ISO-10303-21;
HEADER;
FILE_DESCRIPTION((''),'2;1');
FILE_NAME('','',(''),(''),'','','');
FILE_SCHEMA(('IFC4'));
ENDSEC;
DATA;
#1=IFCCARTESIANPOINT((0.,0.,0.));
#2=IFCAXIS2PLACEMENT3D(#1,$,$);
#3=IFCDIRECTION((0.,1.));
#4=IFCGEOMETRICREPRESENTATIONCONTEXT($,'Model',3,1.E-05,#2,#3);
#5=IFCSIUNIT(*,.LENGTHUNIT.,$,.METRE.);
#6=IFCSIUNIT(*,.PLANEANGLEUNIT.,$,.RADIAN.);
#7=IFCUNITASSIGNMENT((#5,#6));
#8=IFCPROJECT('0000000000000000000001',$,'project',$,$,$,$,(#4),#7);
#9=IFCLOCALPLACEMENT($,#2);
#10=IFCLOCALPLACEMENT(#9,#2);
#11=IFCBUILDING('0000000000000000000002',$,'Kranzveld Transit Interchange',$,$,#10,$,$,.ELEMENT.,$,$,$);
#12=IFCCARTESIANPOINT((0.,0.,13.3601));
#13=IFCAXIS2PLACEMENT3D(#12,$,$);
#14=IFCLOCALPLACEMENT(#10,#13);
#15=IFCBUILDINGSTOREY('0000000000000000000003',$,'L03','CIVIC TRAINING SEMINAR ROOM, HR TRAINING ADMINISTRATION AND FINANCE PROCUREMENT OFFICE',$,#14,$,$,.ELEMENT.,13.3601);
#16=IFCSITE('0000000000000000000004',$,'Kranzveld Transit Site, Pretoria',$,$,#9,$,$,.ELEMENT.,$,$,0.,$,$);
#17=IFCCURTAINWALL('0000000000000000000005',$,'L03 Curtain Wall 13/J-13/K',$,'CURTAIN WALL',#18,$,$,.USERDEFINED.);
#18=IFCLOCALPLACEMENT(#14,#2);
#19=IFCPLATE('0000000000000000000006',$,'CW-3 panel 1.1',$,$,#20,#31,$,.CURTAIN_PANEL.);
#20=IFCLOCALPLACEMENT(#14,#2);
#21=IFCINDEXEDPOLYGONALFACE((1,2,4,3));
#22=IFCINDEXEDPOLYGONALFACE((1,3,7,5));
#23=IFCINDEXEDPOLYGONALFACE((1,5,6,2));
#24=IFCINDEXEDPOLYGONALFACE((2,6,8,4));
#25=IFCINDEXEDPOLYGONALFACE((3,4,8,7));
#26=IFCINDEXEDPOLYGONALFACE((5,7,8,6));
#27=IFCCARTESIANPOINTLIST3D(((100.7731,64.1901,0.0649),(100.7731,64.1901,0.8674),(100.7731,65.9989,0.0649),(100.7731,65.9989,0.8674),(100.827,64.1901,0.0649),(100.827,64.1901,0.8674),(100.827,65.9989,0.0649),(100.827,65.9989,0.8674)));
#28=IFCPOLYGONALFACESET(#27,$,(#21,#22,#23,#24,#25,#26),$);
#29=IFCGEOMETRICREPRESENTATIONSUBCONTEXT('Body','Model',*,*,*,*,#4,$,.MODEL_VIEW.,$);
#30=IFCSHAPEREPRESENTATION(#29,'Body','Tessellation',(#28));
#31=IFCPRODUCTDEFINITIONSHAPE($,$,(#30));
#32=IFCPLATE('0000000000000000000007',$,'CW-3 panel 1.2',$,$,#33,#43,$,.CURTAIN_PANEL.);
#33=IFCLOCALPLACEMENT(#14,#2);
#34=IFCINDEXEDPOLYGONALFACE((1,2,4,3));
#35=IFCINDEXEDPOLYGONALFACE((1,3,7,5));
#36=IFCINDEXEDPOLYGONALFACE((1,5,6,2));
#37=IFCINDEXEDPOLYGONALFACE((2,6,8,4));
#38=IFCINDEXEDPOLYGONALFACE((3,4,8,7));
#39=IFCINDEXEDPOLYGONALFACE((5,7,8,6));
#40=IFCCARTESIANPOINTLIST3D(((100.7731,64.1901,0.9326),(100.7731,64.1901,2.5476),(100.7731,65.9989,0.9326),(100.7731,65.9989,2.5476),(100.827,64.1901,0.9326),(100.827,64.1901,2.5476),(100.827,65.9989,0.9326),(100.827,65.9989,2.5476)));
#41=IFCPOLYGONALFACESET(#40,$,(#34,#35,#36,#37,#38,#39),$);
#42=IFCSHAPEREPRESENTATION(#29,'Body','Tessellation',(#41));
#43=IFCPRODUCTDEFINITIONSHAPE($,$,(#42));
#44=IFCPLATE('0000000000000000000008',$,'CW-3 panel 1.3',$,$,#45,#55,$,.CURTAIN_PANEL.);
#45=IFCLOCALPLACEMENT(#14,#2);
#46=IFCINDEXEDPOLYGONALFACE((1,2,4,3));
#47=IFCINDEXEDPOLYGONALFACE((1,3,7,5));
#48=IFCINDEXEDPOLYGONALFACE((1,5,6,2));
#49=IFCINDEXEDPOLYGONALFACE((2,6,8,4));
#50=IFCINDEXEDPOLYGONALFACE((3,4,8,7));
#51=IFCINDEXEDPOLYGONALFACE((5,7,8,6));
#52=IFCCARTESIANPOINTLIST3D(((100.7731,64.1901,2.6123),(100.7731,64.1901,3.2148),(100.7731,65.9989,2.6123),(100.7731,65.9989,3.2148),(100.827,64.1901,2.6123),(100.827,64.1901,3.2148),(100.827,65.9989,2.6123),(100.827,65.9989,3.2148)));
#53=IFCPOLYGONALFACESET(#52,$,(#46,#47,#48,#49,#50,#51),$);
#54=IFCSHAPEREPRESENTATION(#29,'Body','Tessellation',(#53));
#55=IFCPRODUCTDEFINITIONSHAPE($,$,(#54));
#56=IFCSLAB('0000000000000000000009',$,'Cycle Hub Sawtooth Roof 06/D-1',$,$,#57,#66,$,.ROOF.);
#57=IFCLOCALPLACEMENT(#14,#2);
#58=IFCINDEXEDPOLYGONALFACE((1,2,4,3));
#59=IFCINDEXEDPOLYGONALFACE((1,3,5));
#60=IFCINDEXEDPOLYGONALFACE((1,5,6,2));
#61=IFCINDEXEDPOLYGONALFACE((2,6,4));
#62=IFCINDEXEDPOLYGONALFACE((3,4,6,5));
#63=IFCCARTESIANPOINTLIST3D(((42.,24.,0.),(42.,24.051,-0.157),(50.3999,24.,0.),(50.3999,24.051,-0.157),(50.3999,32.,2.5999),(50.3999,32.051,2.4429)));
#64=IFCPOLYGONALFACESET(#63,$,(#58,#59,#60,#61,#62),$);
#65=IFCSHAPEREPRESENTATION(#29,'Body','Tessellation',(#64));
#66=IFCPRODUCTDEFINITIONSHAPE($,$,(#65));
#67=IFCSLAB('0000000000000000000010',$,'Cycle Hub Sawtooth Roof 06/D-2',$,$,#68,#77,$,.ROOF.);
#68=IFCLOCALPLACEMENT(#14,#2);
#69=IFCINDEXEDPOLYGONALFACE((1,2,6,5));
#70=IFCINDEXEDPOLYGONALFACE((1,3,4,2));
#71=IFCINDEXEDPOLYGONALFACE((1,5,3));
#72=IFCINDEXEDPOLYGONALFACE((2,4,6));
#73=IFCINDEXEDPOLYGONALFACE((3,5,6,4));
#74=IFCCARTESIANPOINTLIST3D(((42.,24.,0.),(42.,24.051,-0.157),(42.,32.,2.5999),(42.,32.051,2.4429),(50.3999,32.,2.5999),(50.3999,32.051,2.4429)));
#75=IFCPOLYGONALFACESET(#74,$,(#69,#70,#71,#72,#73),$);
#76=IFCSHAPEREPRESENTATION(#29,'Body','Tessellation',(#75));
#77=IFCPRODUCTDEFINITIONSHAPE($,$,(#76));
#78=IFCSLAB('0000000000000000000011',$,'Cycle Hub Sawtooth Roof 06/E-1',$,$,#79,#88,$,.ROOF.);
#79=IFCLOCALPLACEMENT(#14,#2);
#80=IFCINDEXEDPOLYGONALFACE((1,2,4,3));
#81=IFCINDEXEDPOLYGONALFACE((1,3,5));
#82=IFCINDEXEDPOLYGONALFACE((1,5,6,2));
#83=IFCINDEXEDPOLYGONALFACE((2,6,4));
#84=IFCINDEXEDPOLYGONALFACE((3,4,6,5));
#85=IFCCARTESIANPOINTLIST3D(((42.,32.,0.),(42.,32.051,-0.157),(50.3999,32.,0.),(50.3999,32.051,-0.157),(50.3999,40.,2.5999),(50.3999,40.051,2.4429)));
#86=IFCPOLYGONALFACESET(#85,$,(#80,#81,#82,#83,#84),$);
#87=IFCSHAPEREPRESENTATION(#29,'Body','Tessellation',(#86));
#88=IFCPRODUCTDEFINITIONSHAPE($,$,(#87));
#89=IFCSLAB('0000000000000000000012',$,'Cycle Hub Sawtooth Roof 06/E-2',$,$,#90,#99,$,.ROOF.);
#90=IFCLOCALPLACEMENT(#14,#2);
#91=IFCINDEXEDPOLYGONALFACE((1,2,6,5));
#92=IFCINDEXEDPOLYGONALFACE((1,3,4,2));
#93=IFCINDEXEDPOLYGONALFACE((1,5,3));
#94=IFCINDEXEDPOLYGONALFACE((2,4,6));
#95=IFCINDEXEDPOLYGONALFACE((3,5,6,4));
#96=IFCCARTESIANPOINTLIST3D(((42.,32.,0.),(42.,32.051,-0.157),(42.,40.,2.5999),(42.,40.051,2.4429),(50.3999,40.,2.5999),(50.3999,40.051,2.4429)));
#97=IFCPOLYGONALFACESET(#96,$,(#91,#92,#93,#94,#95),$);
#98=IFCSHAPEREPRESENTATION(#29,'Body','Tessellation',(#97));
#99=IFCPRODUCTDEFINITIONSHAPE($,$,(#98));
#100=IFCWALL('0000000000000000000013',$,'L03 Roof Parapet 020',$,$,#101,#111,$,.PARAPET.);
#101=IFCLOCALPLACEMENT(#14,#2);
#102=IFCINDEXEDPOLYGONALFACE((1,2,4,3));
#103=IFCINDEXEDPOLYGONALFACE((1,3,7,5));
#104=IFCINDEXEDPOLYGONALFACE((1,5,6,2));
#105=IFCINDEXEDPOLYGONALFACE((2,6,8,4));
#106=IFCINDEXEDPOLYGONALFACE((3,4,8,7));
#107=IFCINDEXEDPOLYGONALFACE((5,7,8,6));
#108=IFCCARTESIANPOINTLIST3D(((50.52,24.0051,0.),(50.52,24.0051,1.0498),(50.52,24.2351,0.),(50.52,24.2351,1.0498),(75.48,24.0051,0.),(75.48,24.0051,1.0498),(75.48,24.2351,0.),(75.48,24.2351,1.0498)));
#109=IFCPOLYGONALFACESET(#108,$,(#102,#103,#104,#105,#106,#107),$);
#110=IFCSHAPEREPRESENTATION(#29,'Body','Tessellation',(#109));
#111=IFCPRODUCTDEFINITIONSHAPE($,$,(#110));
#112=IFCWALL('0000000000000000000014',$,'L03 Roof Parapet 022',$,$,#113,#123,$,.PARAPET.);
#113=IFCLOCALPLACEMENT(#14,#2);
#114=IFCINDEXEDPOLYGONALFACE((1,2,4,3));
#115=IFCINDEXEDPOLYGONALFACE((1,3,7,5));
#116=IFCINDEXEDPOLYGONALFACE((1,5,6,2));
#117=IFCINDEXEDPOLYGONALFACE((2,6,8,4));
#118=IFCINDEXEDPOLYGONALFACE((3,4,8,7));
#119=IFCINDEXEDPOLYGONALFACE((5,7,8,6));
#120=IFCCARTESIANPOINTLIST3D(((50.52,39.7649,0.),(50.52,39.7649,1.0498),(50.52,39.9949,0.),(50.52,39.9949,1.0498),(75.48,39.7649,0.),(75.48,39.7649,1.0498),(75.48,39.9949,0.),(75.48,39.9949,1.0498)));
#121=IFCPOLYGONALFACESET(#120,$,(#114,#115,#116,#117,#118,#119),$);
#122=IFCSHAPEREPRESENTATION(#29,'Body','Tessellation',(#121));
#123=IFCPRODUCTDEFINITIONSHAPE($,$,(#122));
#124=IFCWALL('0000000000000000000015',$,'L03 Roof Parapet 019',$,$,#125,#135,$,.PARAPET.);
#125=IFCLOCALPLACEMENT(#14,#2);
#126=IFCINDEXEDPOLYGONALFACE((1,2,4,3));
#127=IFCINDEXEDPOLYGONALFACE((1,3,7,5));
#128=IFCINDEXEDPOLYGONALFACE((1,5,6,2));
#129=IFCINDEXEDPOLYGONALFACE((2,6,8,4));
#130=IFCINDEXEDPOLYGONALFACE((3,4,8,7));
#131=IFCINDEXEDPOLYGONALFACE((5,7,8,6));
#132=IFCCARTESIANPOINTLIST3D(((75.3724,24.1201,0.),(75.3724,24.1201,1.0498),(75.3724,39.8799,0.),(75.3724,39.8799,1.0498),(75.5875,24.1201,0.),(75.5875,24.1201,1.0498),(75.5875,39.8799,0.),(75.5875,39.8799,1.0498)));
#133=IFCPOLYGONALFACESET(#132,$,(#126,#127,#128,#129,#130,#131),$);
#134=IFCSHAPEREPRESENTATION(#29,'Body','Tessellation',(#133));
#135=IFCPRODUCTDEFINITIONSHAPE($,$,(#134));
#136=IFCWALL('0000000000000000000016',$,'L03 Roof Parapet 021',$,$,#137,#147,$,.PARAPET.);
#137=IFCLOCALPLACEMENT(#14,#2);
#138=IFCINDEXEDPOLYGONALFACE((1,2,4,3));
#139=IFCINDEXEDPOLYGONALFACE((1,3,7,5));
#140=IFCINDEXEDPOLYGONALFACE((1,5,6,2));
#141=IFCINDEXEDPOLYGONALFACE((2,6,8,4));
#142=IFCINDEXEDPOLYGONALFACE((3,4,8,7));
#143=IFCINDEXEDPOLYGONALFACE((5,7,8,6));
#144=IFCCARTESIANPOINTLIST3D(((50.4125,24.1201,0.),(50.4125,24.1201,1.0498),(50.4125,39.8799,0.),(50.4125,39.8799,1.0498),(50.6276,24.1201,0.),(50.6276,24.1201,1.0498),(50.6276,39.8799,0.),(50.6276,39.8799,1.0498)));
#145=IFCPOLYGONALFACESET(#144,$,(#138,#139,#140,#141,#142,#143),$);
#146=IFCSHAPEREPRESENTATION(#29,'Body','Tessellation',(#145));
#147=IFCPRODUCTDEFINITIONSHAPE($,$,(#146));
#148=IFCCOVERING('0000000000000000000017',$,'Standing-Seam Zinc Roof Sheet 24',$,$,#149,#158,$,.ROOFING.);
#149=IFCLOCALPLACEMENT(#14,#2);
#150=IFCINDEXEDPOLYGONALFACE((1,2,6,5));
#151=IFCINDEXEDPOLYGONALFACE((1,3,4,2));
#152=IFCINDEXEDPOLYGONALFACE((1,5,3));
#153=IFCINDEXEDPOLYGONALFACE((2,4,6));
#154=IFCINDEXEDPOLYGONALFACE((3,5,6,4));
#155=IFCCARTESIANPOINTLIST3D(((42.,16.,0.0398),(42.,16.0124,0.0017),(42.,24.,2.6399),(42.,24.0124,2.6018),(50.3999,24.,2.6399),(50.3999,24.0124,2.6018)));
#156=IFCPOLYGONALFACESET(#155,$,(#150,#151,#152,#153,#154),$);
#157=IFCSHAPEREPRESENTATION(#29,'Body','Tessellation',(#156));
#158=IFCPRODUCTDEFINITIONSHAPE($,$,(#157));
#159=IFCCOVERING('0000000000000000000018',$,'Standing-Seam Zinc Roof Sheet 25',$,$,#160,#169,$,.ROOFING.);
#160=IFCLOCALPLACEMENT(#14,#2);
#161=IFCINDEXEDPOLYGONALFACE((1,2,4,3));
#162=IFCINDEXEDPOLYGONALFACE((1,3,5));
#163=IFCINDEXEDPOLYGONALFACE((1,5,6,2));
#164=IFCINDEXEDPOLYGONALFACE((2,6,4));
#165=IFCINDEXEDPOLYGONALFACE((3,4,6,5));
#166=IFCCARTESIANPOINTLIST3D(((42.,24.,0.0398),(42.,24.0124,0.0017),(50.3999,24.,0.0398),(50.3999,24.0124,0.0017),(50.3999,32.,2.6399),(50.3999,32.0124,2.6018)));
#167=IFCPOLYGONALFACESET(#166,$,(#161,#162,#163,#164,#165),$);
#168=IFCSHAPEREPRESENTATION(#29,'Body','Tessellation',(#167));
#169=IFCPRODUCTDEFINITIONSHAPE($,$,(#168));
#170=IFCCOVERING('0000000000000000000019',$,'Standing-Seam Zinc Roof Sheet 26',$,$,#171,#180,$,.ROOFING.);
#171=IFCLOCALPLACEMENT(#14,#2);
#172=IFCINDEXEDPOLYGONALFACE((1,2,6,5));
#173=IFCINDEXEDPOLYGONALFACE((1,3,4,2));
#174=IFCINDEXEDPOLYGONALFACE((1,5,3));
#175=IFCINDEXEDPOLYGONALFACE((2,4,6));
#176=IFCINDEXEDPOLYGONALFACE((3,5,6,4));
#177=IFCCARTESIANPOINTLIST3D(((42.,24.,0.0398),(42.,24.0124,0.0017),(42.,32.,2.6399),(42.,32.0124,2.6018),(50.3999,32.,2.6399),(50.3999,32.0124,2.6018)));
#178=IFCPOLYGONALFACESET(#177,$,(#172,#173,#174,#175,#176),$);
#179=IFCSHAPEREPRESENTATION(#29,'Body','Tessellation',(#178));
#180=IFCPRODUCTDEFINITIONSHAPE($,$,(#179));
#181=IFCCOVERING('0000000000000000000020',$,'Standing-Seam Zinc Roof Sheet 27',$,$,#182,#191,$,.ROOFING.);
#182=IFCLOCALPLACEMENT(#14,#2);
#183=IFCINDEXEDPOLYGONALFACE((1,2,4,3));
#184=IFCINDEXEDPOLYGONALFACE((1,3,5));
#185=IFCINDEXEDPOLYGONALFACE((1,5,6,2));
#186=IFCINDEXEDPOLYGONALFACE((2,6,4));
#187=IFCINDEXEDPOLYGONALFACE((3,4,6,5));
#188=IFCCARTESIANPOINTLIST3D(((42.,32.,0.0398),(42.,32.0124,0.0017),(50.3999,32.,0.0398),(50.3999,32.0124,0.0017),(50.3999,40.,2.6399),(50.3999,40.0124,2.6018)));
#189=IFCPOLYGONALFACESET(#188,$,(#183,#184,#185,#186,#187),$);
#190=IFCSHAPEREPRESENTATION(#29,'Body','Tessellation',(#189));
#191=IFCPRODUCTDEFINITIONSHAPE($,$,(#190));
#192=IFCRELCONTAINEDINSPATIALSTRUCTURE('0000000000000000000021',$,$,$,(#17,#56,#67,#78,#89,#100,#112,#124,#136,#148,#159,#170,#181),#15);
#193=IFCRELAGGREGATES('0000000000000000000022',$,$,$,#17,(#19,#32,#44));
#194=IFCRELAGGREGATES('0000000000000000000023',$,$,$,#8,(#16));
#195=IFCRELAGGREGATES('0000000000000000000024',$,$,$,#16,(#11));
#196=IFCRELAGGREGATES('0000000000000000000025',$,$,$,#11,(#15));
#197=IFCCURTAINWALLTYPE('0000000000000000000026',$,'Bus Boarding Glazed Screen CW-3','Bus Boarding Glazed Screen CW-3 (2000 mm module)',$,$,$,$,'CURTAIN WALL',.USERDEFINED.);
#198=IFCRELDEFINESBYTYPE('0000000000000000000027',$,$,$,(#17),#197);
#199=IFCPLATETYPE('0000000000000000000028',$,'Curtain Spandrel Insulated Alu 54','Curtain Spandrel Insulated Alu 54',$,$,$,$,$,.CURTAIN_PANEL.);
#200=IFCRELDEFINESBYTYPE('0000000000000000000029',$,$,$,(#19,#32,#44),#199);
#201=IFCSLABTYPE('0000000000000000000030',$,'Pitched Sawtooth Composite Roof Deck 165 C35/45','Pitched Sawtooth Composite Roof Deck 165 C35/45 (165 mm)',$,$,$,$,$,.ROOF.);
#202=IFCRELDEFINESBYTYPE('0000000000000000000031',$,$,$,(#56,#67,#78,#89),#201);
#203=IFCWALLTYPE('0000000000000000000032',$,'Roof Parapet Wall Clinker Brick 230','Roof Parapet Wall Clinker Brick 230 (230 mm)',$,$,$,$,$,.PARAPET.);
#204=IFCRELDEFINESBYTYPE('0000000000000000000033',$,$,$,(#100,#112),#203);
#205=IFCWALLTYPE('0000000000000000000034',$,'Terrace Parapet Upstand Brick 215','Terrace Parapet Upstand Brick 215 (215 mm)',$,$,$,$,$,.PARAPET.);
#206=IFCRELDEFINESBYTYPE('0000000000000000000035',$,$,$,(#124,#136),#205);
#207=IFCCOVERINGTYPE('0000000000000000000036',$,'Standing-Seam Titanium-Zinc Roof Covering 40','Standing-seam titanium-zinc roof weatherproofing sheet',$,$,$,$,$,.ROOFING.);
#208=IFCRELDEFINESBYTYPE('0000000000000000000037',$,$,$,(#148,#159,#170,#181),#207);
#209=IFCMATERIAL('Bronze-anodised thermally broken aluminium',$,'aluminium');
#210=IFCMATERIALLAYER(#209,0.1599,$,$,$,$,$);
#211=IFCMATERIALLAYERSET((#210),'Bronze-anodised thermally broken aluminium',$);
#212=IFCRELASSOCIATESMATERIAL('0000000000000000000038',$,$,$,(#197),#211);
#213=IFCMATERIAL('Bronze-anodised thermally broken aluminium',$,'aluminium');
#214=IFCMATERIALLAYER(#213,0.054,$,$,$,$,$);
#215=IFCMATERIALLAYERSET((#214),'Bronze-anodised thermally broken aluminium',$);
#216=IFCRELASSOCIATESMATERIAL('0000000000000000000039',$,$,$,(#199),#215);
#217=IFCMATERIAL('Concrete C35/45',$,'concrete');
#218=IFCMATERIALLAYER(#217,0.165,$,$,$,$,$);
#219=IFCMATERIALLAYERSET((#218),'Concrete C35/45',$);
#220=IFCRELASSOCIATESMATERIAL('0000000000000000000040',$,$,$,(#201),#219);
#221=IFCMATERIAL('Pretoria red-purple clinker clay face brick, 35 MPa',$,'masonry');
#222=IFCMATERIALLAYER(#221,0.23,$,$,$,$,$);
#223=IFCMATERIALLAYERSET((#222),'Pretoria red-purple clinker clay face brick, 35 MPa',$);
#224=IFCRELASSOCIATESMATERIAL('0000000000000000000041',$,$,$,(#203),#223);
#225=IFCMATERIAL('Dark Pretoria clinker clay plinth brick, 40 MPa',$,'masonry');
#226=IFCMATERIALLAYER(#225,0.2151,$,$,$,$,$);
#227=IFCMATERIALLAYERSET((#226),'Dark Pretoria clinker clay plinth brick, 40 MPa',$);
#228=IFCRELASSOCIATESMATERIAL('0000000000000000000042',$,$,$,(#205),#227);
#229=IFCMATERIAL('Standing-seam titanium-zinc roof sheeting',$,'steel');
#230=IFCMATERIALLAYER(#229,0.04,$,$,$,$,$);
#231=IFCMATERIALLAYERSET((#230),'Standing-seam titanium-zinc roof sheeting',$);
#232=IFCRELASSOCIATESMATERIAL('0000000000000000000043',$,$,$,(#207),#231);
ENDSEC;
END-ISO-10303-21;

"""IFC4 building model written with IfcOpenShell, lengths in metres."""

from ifc_helpers import new_model, si_unit, direction, frame, frame_2d, origin, origin_2d, place, context, subcontext, project, spatial, polyline, rectangle, outline, extrude, material, layer, layer_set, type_object, element, aggregate, save


model = new_model("IFC4")

# Units and contexts
model_context = context("Model", 3, precision=1e-05, world=origin(), true_north=direction((0.0, 1.0)))
body_context = subcontext(model_context, "Body", "Model", "MODEL_VIEW")
ifc_project = project(units=[si_unit("LENGTHUNIT", "METRE"), si_unit("PLANEANGLEUNIT", "RADIAN")], contexts=[model_context])

# Site, building, storey
site_placement = place(None, origin())
site = spatial("IfcSite", under=ifc_project, at=site_placement, Name="Kranzveld Transit Site, Pretoria", CompositionType="ELEMENT", RefElevation=0.0)
building_placement = place(site_placement, origin())
building = spatial("IfcBuilding", under=site, at=building_placement, Name="Kranzveld Transit Interchange", CompositionType="ELEMENT")
storey_placement = place(building_placement, frame((0.0, 0.0, 13.3601)))
storey = spatial("IfcBuildingStorey", under=building, at=storey_placement, Name="L03", Description="CIVIC TRAINING SEMINAR ROOM, HR TRAINING ADMINISTRATION AND FINANCE PROCUREMENT OFFICE", CompositionType="ELEMENT", Elevation=13.3601)

# Curtain wall
ifc_material_1 = material(Name="Bronze-anodised thermally broken aluminium", Category="aluminium")
ifc_layer_1 = layer(ifc_material_1, 0.1599)
ifc_layer_set_1 = layer_set([ifc_layer_1], Name="Bronze-anodised thermally broken aluminium")
curtain_wall_type = type_object("IfcCurtainWallType", Name="Bus Boarding Glazed Screen CW-3", Description="Bus Boarding Glazed Screen CW-3 (2000 mm module)", ElementType="CURTAIN WALL", PredefinedType="USERDEFINED", material=ifc_layer_set_1)
curtain_wall_placement = place(storey_placement, origin())
curtain_wall = element("IfcCurtainWall", 1, at=curtain_wall_placement, inside=storey, type_object=curtain_wall_type, Name="L03 Curtain Wall 13/J-13/K", ObjectType="CURTAIN WALL", PredefinedType="USERDEFINED")

# Plates
ifc_material_2 = material(Name="Bronze-anodised thermally broken aluminium", Category="aluminium")
ifc_layer_2 = layer(ifc_material_2, 0.054)
ifc_layer_set_2 = layer_set([ifc_layer_2], Name="Bronze-anodised thermally broken aluminium")
plate_type = type_object("IfcPlateType", Name="Curtain Spandrel Insulated Alu 54", Description="Curtain Spandrel Insulated Alu 54", PredefinedType="CURTAIN_PANEL", material=ifc_layer_set_2)
plate_1_placement = place(storey_placement, frame((100.8, 65.0945, 0.0649), z_axis=(0.0, 0.0, 1.0), x_axis=(0.0, 1.0, 0.0)))
plate_1 = element("IfcPlate", 2, at=plate_1_placement, type_object=plate_type, Name="CW-3 panel 1.1", PredefinedType="CURTAIN_PANEL", context=body_context, shape_type="SweptSolid", body=[
    extrude(rectangle(XDim=1.8088, YDim=0.054, at=origin_2d()), origin(), (0.0, 0.0, 1.0), 0.8025),
])
plate_2_placement = place(storey_placement, frame((100.8, 65.0945, 0.9326), z_axis=(0.0, 0.0, 1.0), x_axis=(0.0, 1.0, 0.0)))
plate_2 = element("IfcPlate", 3, at=plate_2_placement, type_object=plate_type, Name="CW-3 panel 1.2", PredefinedType="CURTAIN_PANEL", context=body_context, shape_type="SweptSolid", body=[
    extrude(rectangle(XDim=1.8088, YDim=0.054, at=origin_2d()), origin(), (0.0, 0.0, 1.0), 1.615),
])
plate_3_placement = place(storey_placement, frame((100.8, 65.0945, 2.6123), z_axis=(0.0, 0.0, 1.0), x_axis=(0.0, 1.0, 0.0)))
plate_3 = element("IfcPlate", 4, at=plate_3_placement, type_object=plate_type, Name="CW-3 panel 1.3", PredefinedType="CURTAIN_PANEL", context=body_context, shape_type="SweptSolid", body=[
    extrude(rectangle(XDim=1.8088, YDim=0.054, at=origin_2d()), origin(), (0.0, 0.0, 1.0), 0.6025),
])
aggregate(curtain_wall, [plate_1, plate_2, plate_3])

# Slabs
ifc_material_3 = material(Name="Concrete C35/45", Category="concrete")
ifc_layer_3 = layer(ifc_material_3, 0.165)
ifc_layer_set_3 = layer_set([ifc_layer_3], Name="Concrete C35/45")
slab_type = type_object("IfcSlabType", Name="Pitched Sawtooth Composite Roof Deck 165 C35/45", Description="Pitched Sawtooth Composite Roof Deck 165 C35/45 (165 mm)", PredefinedType="ROOF", material=ifc_layer_set_3)
slab_1_placement = place(storey_placement, frame((42.0, 24.0, 0.0), z_axis=(0.0, -0.30907, 0.951039), x_axis=(1.0, 0.0, 0.0)))
element("IfcSlab", 5, at=slab_1_placement, inside=storey, type_object=slab_type, Name="Cycle Hub Sawtooth Roof 06/D-1", PredefinedType="ROOF", context=body_context, shape_type="SweptSolid", body=[
    extrude(outline(polyline([(0.0, 0.0), (8.3999, 0.0), (8.3999, 8.4119), (0.0, 0.0)])), origin(), (0.0, 0.0, -1.0), 0.165),
])
slab_2_placement = place(storey_placement, frame((42.0, 24.0, 0.0), z_axis=(0.0, -0.30907, 0.951039), x_axis=(0.706604, 0.672964, 0.218701)))
element("IfcSlab", 6, at=slab_2_placement, inside=storey, type_object=slab_type, Name="Cycle Hub Sawtooth Roof 06/D-2", PredefinedType="ROOF", context=body_context, shape_type="SweptSolid", body=[
    extrude(outline(polyline([(0.0, 0.0), (11.8877, 0.0), (5.9523, 5.9438), (0.0, 0.0)])), origin(), (0.0, 0.0, -1.0), 0.165),
])
slab_3_placement = place(storey_placement, frame((42.0, 32.0, 0.0), z_axis=(0.0, -0.30907, 0.951039), x_axis=(1.0, 0.0, 0.0)))
element("IfcSlab", 7, at=slab_3_placement, inside=storey, type_object=slab_type, Name="Cycle Hub Sawtooth Roof 06/E-1", PredefinedType="ROOF", context=body_context, shape_type="SweptSolid", body=[
    extrude(outline(polyline([(0.0, 0.0), (8.3999, 0.0), (8.3999, 8.4119), (0.0, 0.0)])), origin(), (0.0, 0.0, -1.0), 0.165),
])
slab_4_placement = place(storey_placement, frame((42.0, 32.0, 0.0), z_axis=(0.0, -0.30907, 0.951039), x_axis=(0.706604, 0.672964, 0.218701)))
element("IfcSlab", 8, at=slab_4_placement, inside=storey, type_object=slab_type, Name="Cycle Hub Sawtooth Roof 06/E-2", PredefinedType="ROOF", context=body_context, shape_type="SweptSolid", body=[
    extrude(outline(polyline([(0.0, 0.0), (11.8877, 0.0), (5.9523, 5.9438), (0.0, 0.0)])), origin(), (0.0, 0.0, -1.0), 0.165),
])

# Walls
ifc_material_4 = material(Name="Pretoria red-purple clinker clay face brick, 35 MPa", Category="masonry")
ifc_layer_4 = layer(ifc_material_4, 0.23)
ifc_layer_set_4 = layer_set([ifc_layer_4], Name="Pretoria red-purple clinker clay face brick, 35 MPa")
wall_type_1 = type_object("IfcWallType", Name="Roof Parapet Wall Clinker Brick 230", Description="Roof Parapet Wall Clinker Brick 230 (230 mm)", PredefinedType="PARAPET", material=ifc_layer_set_4)
for number, where, z_axis, x_axis, name in (
    (9, (75.48, 24.1201, 0.0), (0.0, 0.0, 1.0), (-1.0, 0.0, 0.0), "L03 Roof Parapet 020"),
    (10, (50.52, 39.8799, 0.0), (0.0, 0.0, 1.0), (1.0, 0.0, 0.0), "L03 Roof Parapet 022"),
):
    element("IfcWall", number, at=place(storey_placement, frame(where, z_axis=z_axis, x_axis=x_axis)), inside=storey, type_object=wall_type_1, Name=name, PredefinedType="PARAPET", context=body_context, shape_type="SweptSolid", body=[
        extrude(rectangle(XDim=24.96, YDim=0.23, at=frame_2d((12.48, 0.0))), origin(), (0.0, 0.0, 1.0), 1.0498),
    ])
ifc_material_5 = material(Name="Dark Pretoria clinker clay plinth brick, 40 MPa", Category="masonry")
ifc_layer_5 = layer(ifc_material_5, 0.2151)
ifc_layer_set_5 = layer_set([ifc_layer_5], Name="Dark Pretoria clinker clay plinth brick, 40 MPa")
wall_type_2 = type_object("IfcWallType", Name="Terrace Parapet Upstand Brick 215", Description="Terrace Parapet Upstand Brick 215 (215 mm)", PredefinedType="PARAPET", material=ifc_layer_set_5)
for number, where, z_axis, x_axis, name in (
    (11, (75.48, 39.8799, 0.0), (0.0, 0.0, 1.0), (0.0, -1.0, 0.0), "L03 Roof Parapet 019"),
    (12, (50.52, 24.1201, 0.0), (0.0, 0.0, 1.0), (0.0, 1.0, 0.0), "L03 Roof Parapet 021"),
):
    element("IfcWall", number, at=place(storey_placement, frame(where, z_axis=z_axis, x_axis=x_axis)), inside=storey, type_object=wall_type_2, Name=name, PredefinedType="PARAPET", context=body_context, shape_type="SweptSolid", body=[
        extrude(rectangle(XDim=15.7598, YDim=0.2151, at=frame_2d((7.8799, 0.0))), origin(), (0.0, 0.0, 1.0), 1.0498),
    ])

# Coverings
ifc_material_6 = material(Name="Standing-seam titanium-zinc roof sheeting", Category="steel")
ifc_layer_6 = layer(ifc_material_6, 0.04)
ifc_layer_set_6 = layer_set([ifc_layer_6], Name="Standing-seam titanium-zinc roof sheeting")
covering_type = type_object("IfcCoveringType", Name="Standing-Seam Titanium-Zinc Roof Covering 40", Description="Standing-seam titanium-zinc roof weatherproofing sheet", PredefinedType="ROOFING", material=ifc_layer_set_6)
covering_1_placement = place(storey_placement, frame((42.0, 16.0, 0.0398), z_axis=(0.0, -0.309097, 0.951031), x_axis=(0.706601, 0.672961, 0.218721)))
element("IfcCovering", 13, at=covering_1_placement, inside=storey, type_object=covering_type, Name="Standing-Seam Zinc Roof Sheet 24", PredefinedType="ROOFING", context=body_context, shape_type="SweptSolid", body=[
    extrude(outline(polyline([(0.0, 0.0), (11.8878, 0.0), (5.9524, 5.9439), (0.0, 0.0)])), origin(), (0.0, 0.0, -1.0), 0.04),
])
covering_2_placement = place(storey_placement, frame((42.0, 24.0, 0.0398), z_axis=(0.0, -0.309097, 0.951031), x_axis=(1.0, 0.0, 0.0)))
element("IfcCovering", 14, at=covering_2_placement, inside=storey, type_object=covering_type, Name="Standing-Seam Zinc Roof Sheet 25", PredefinedType="ROOFING", context=body_context, shape_type="SweptSolid", body=[
    extrude(outline(polyline([(0.0, 0.0), (8.3999, 0.0), (8.3999, 8.4119), (0.0, 0.0)])), origin(), (0.0, 0.0, -1.0), 0.04),
])
covering_3_placement = place(storey_placement, frame((42.0, 24.0, 0.0398), z_axis=(0.0, -0.309097, 0.951031), x_axis=(0.706601, 0.672961, 0.218721)))
element("IfcCovering", 15, at=covering_3_placement, inside=storey, type_object=covering_type, Name="Standing-Seam Zinc Roof Sheet 26", PredefinedType="ROOFING", context=body_context, shape_type="SweptSolid", body=[
    extrude(outline(polyline([(0.0, 0.0), (11.8878, 0.0), (5.9524, 5.9439), (0.0, 0.0)])), origin(), (0.0, 0.0, -1.0), 0.04),
])
covering_4_placement = place(storey_placement, frame((42.0, 32.0, 0.0398), z_axis=(0.0, -0.309097, 0.951031), x_axis=(1.0, 0.0, 0.0)))
element("IfcCovering", 16, at=covering_4_placement, inside=storey, type_object=covering_type, Name="Standing-Seam Zinc Roof Sheet 27", PredefinedType="ROOFING", context=body_context, shape_type="SweptSolid", body=[
    extrude(outline(polyline([(0.0, 0.0), (8.3999, 0.0), (8.3999, 8.4119), (0.0, 0.0)])), origin(), (0.0, 0.0, -1.0), 0.04),
])

save(model, "model.ifc")
